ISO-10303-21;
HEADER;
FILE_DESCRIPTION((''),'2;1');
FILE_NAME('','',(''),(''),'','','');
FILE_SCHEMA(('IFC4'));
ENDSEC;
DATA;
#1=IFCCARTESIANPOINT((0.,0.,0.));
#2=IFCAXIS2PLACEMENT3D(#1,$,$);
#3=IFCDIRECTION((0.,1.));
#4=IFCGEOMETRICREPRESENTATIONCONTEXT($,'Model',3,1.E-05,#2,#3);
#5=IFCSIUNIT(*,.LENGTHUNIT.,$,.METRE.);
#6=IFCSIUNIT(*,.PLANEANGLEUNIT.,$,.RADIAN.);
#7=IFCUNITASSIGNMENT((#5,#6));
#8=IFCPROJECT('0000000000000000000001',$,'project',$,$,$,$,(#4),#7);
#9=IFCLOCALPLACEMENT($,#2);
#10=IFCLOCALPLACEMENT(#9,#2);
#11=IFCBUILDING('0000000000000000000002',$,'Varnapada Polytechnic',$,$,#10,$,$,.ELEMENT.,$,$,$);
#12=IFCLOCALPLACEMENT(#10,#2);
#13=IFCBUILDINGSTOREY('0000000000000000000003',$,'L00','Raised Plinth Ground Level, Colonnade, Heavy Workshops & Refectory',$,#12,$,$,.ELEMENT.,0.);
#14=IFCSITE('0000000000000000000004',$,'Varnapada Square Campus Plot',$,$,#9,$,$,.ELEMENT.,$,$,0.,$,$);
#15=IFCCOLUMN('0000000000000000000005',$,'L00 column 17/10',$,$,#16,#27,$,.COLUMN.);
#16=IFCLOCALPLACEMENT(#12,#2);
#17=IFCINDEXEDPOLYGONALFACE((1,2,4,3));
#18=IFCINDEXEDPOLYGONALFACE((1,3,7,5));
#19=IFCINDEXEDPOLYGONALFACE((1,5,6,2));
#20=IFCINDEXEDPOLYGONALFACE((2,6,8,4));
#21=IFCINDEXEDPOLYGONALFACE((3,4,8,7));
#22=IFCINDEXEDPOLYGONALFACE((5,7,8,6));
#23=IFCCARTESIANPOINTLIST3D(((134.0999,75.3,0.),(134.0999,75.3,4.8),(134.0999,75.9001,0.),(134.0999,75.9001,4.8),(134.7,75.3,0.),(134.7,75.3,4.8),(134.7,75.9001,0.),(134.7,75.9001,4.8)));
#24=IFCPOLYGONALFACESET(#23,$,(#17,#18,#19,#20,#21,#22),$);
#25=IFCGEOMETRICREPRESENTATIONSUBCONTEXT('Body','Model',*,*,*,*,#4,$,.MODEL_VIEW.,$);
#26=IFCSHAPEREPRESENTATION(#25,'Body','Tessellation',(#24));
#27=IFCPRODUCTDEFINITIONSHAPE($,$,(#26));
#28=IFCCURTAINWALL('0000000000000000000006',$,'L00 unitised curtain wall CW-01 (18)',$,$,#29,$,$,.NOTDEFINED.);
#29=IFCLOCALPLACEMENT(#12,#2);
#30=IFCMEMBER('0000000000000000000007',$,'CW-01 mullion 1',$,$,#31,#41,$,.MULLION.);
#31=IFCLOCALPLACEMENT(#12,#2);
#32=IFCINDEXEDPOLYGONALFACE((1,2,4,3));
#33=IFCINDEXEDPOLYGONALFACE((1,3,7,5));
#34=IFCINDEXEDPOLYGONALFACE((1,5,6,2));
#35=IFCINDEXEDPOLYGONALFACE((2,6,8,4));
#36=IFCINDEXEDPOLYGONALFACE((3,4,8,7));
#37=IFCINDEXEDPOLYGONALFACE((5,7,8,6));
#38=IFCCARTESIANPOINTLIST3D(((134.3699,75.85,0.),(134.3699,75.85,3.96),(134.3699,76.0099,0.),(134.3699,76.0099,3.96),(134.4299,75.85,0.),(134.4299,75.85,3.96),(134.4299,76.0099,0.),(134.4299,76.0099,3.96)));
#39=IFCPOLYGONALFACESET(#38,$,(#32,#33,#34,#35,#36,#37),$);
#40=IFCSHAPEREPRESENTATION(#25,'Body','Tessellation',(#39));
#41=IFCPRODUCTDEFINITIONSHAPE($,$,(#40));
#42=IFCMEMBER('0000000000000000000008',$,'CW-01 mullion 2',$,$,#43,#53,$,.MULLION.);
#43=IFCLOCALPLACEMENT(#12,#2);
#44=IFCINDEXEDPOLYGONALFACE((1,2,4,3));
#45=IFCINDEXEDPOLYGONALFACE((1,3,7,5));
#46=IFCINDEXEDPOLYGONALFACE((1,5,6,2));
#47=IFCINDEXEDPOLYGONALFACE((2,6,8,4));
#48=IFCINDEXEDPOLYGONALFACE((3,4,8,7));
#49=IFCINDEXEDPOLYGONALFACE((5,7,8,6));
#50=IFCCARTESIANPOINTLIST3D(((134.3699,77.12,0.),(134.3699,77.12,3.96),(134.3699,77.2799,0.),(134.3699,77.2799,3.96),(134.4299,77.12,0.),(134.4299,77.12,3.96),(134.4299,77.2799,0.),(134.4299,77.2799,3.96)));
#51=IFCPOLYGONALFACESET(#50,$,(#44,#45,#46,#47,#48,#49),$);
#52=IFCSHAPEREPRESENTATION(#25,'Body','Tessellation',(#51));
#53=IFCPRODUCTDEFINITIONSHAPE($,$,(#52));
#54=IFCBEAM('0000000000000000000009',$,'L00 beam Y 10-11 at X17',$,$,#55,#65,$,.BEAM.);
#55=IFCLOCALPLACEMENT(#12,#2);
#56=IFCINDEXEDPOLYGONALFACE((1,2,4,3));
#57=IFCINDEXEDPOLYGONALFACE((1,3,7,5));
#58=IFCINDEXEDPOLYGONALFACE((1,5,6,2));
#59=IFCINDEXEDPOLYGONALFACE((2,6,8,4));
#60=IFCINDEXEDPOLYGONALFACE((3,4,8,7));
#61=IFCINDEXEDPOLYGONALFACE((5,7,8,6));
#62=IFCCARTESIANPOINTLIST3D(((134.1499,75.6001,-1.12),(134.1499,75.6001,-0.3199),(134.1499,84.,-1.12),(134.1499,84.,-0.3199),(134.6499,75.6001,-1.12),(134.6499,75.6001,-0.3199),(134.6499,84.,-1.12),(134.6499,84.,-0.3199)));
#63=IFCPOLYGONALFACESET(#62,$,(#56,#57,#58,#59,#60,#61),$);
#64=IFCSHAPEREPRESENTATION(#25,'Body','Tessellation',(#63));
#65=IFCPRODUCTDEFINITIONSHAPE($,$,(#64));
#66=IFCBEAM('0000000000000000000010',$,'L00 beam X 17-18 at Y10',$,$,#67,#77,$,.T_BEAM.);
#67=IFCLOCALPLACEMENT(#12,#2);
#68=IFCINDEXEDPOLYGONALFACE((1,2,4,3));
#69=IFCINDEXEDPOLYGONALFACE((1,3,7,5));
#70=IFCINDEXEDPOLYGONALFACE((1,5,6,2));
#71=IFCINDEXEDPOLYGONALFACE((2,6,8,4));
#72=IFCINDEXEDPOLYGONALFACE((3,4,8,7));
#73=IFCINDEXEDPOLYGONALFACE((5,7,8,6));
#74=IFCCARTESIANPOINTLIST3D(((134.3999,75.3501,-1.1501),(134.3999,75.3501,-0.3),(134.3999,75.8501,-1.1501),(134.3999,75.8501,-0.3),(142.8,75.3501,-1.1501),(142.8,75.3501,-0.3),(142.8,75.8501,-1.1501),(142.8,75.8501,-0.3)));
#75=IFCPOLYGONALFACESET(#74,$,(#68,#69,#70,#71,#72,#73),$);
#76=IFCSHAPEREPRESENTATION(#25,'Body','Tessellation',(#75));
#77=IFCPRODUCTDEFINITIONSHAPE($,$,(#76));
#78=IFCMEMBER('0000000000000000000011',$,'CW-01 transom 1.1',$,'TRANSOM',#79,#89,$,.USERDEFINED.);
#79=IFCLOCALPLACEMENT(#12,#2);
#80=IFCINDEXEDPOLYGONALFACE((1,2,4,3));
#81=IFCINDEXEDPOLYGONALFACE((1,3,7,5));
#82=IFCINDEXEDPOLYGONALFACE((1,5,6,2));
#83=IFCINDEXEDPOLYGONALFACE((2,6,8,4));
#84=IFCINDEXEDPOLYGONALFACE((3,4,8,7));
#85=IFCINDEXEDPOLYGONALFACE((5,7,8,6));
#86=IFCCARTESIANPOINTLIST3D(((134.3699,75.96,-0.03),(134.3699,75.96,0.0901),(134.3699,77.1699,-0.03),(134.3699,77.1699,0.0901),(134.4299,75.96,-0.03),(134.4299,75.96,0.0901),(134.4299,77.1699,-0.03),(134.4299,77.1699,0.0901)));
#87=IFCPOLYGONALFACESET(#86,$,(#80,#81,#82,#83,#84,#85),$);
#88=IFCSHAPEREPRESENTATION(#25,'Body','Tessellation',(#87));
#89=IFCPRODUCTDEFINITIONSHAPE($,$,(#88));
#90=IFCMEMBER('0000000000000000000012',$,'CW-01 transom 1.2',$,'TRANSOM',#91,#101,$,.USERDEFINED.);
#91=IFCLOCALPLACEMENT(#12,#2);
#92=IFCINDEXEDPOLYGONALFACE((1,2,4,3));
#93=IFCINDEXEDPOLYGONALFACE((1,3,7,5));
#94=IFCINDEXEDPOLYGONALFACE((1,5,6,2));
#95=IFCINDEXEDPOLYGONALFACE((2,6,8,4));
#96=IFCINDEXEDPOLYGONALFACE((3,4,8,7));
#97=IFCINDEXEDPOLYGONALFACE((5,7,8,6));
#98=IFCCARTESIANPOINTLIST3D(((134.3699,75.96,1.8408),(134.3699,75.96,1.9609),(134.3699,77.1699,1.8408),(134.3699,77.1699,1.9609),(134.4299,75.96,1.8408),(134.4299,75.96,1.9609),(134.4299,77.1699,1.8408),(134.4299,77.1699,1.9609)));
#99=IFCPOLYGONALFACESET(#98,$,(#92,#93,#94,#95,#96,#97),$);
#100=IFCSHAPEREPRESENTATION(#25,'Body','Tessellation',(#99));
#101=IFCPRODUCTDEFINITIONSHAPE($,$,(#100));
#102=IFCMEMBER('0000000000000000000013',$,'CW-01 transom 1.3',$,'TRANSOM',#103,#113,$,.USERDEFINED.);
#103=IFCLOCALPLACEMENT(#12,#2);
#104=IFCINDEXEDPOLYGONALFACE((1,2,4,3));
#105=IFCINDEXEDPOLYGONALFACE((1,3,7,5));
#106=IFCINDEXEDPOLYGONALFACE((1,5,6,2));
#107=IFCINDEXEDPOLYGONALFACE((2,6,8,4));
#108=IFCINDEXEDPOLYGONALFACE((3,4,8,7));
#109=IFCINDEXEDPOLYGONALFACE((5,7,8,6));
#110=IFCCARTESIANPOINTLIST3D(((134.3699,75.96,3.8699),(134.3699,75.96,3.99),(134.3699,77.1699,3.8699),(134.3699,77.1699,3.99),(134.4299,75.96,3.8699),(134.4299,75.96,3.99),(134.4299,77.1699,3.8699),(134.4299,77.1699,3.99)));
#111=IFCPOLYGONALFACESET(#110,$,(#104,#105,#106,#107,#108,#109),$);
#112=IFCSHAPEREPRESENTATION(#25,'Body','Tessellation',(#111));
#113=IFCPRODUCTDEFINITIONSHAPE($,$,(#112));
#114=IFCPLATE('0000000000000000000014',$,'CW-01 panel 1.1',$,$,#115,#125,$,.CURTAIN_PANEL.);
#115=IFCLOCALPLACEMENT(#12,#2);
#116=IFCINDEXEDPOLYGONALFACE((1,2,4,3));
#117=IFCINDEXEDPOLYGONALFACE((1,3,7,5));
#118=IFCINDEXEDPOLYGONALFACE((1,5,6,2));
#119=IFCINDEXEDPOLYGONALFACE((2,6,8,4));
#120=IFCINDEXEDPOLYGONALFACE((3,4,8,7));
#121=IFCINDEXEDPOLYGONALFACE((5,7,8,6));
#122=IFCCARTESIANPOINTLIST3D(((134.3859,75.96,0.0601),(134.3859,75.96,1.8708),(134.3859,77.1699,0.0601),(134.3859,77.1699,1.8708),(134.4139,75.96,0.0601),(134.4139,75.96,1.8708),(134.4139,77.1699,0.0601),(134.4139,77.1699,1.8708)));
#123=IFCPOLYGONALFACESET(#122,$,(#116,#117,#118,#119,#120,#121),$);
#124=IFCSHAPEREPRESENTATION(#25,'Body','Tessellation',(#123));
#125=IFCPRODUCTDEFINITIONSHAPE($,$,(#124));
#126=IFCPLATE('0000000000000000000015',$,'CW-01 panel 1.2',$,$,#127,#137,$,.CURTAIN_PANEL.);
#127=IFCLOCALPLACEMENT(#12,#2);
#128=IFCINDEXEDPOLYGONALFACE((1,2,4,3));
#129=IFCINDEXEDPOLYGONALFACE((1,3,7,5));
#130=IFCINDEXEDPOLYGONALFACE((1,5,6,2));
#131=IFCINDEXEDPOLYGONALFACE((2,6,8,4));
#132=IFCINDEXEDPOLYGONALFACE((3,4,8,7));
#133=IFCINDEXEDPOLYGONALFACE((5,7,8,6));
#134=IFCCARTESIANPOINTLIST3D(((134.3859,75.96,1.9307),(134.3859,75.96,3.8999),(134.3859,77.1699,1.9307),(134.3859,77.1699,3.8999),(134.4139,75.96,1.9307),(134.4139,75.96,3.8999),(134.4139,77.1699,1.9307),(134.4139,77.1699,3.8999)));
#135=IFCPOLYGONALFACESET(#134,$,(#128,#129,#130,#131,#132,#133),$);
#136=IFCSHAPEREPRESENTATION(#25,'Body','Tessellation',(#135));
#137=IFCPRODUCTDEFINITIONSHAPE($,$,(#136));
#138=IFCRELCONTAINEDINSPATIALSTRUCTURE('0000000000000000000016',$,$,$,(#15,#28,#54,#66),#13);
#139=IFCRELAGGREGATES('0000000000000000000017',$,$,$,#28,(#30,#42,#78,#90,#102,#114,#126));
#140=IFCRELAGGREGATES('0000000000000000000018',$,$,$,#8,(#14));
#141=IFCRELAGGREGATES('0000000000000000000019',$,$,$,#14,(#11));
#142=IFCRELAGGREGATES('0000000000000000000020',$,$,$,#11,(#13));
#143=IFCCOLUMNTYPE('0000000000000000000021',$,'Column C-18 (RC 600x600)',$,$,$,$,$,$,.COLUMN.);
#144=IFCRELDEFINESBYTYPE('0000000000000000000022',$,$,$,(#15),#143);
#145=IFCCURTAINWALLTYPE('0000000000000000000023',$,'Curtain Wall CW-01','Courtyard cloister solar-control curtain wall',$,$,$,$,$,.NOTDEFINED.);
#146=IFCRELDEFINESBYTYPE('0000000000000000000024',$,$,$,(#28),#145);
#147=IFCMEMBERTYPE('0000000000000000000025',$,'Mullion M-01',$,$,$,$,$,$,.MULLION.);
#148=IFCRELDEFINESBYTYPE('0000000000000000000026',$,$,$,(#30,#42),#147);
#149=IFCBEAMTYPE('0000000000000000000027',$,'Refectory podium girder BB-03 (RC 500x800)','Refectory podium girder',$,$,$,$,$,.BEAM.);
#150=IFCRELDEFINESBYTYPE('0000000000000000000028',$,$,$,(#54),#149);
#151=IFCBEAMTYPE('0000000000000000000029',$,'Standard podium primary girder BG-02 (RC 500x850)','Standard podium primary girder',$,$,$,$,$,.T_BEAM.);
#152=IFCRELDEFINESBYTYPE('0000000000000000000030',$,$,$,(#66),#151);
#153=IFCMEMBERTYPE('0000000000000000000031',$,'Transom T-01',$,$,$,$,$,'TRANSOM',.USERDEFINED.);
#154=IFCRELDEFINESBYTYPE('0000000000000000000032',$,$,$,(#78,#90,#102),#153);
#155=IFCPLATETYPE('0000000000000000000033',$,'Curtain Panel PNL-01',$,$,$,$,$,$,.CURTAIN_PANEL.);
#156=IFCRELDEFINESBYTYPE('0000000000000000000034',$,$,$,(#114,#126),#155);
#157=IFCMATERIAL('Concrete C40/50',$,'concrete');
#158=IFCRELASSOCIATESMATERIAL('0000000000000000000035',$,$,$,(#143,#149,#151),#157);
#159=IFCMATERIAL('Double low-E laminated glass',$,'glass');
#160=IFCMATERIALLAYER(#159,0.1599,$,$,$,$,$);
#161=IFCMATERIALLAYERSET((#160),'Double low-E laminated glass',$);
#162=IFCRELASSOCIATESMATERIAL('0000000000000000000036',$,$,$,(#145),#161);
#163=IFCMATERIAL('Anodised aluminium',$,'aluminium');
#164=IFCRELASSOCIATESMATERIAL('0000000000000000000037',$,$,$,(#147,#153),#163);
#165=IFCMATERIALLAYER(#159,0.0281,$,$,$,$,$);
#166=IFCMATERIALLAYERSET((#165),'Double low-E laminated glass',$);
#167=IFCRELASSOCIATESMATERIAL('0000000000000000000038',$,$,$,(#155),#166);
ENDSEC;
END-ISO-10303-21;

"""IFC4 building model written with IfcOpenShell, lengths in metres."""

from ifc_helpers import new_model, si_unit, direction, frame, origin, origin_2d, place, context, subcontext, project, spatial, rectangle, extrude, material, layer, layer_set, material_profile, profile_set, type_object, element, aggregate, save


model = new_model("IFC4")

# Units and contexts
model_context = context("Model", 3, precision=1e-05, world=origin(), true_north=direction((0.0, 1.0)))
body_context = subcontext(model_context, "Body", "Model", "MODEL_VIEW")
ifc_project = project(units=[si_unit("LENGTHUNIT", "METRE"), si_unit("PLANEANGLEUNIT", "RADIAN")], contexts=[model_context])

# Site, building, storey
site_placement = place(None, origin())
site = spatial("IfcSite", under=ifc_project, at=site_placement, Name="Varnapada Square Campus Plot", CompositionType="ELEMENT", RefElevation=0.0)
building_placement = place(site_placement, origin())
building = spatial("IfcBuilding", under=site, at=building_placement, Name="Varnapada Polytechnic", CompositionType="ELEMENT")
storey_placement = place(building_placement, origin())
storey = spatial("IfcBuildingStorey", under=building, at=storey_placement, Name="L00", Description="Raised Plinth Ground Level, Colonnade, Heavy Workshops & Refectory", CompositionType="ELEMENT", Elevation=0.0)

# Column
ifc_material_1 = material(Name="Concrete C40/50", Category="concrete")
ifc_material_profile_1 = material_profile(ifc_material_1, rectangle(XDim=0.6001, YDim=0.6001, at=origin_2d()), Name="RC 600x600")
ifc_profile_set_1 = profile_set([ifc_material_profile_1], Name="Concrete C40/50")
column_type = type_object("IfcColumnType", Name="Column C-18 (RC 600x600)", PredefinedType="COLUMN", material=ifc_profile_set_1)
column_placement = place(storey_placement, frame((134.3999, 75.6001, 0.0), z_axis=(0.0, 0.0, 1.0), x_axis=(1.0, 0.0, 0.0)))
element("IfcColumn", 1, at=column_placement, inside=storey, type_object=column_type, Name="L00 column 17/10", PredefinedType="COLUMN", context=body_context, shape_type="SweptSolid", body=[
    extrude(rectangle(XDim=0.6001, YDim=0.6001, at=origin_2d()), origin(), (0.0, 0.0, 1.0), 4.8),
])

# Curtain wall, members
ifc_material_2 = material(Name="Double low-E laminated glass", Category="glass")
ifc_layer_1 = layer(ifc_material_2, 0.1599)
ifc_layer_set_1 = layer_set([ifc_layer_1], Name="Double low-E laminated glass")
curtain_wall_type = type_object("IfcCurtainWallType", Name="Curtain Wall CW-01", Description="Courtyard cloister solar-control curtain wall", PredefinedType="NOTDEFINED", material=ifc_layer_set_1)
curtain_wall_placement = place(storey_placement, origin())
curtain_wall = element("IfcCurtainWall", 2, at=curtain_wall_placement, inside=storey, type_object=curtain_wall_type, Name="L00 unitised curtain wall CW-01 (18)", PredefinedType="NOTDEFINED")
ifc_material_3 = material(Name="Anodised aluminium", Category="aluminium")
ifc_material_profile_2 = material_profile(ifc_material_3, rectangle(XDim=0.0601, YDim=0.1599, at=origin_2d()), Name="ALU M60x160")
ifc_profile_set_2 = profile_set([ifc_material_profile_2], Name="Anodised aluminium")
member_type_1 = type_object("IfcMemberType", Name="Mullion M-01", PredefinedType="MULLION", material=ifc_profile_set_2)
member_1_placement = place(storey_placement, frame((134.3999, 75.9299, 0.0), z_axis=(0.0, 0.0, 1.0), x_axis=(-1.0, 0.0, 0.0)))
member_1 = element("IfcMember", 3, at=member_1_placement, type_object=member_type_1, Name="CW-01 mullion 1", PredefinedType="MULLION", context=body_context, shape_type="SweptSolid", body=[
    extrude(rectangle(XDim=0.0601, YDim=0.1599, at=origin_2d()), origin(), (0.0, 0.0, 1.0), 3.96),
])
member_2_placement = place(storey_placement, frame((134.3999, 77.2, 0.0), z_axis=(0.0, 0.0, 1.0), x_axis=(-1.0, 0.0, 0.0)))
member_2 = element("IfcMember", 4, at=member_2_placement, type_object=member_type_1, Name="CW-01 mullion 2", PredefinedType="MULLION", context=body_context, shape_type="SweptSolid", body=[
    extrude(rectangle(XDim=0.0601, YDim=0.1599, at=origin_2d()), origin(), (0.0, 0.0, 1.0), 3.96),
])

# Beams
ifc_material_profile_3 = material_profile(ifc_material_1, rectangle(XDim=0.5, YDim=0.8, at=origin_2d()), Name="RC 500x800")
ifc_profile_set_3 = profile_set([ifc_material_profile_3], Name="Concrete C40/50")
beam_type_1 = type_object("IfcBeamType", Name="Refectory podium girder BB-03 (RC 500x800)", Description="Refectory podium girder", PredefinedType="BEAM", material=ifc_profile_set_3)
beam_1_placement = place(storey_placement, frame((134.3999, 75.6001, -0.72), z_axis=(0.0, 1.0, 0.0), x_axis=(-1.0, 0.0, 0.0)))
element("IfcBeam", 5, at=beam_1_placement, inside=storey, type_object=beam_type_1, Name="L00 beam Y 10-11 at X17", PredefinedType="BEAM", context=body_context, shape_type="SweptSolid", body=[
    extrude(rectangle(XDim=0.5, YDim=0.8, at=origin_2d()), origin(), (0.0, 0.0, 1.0), 8.3999),
])
ifc_material_profile_4 = material_profile(ifc_material_1, rectangle(XDim=0.5, YDim=0.8501, at=origin_2d()), Name="RC 500x850")
ifc_profile_set_4 = profile_set([ifc_material_profile_4], Name="Concrete C40/50")
beam_type_2 = type_object("IfcBeamType", Name="Standard podium primary girder BG-02 (RC 500x850)", Description="Standard podium primary girder", PredefinedType="T_BEAM", material=ifc_profile_set_4)
beam_2_placement = place(storey_placement, frame((134.3999, 75.6001, -0.7251), z_axis=(1.0, 0.0, 0.0), x_axis=(0.0, 1.0, 0.0)))
element("IfcBeam", 6, at=beam_2_placement, inside=storey, type_object=beam_type_2, Name="L00 beam X 17-18 at Y10", PredefinedType="T_BEAM", context=body_context, shape_type="SweptSolid", body=[
    extrude(rectangle(XDim=0.5, YDim=0.8501, at=origin_2d()), origin(), (0.0, 0.0, 1.0), 8.4001),
])

# Members
ifc_material_profile_5 = material_profile(ifc_material_3, rectangle(XDim=0.0601, YDim=0.1201, at=origin_2d()), Name="ALU T60x120")
ifc_profile_set_5 = profile_set([ifc_material_profile_5], Name="Anodised aluminium")
member_type_2 = type_object("IfcMemberType", Name="Transom T-01", ElementType="TRANSOM", PredefinedType="USERDEFINED", material=ifc_profile_set_5)
member_3_placement = place(storey_placement, frame((134.3999, 75.96, 0.03), z_axis=(0.0, 1.0, 0.0), x_axis=(-1.0, 0.0, 0.0)))
member_3 = element("IfcMember", 7, at=member_3_placement, type_object=member_type_2, Name="CW-01 transom 1.1", ObjectType="TRANSOM", PredefinedType="USERDEFINED", context=body_context, shape_type="SweptSolid", body=[
    extrude(rectangle(XDim=0.0601, YDim=0.1201, at=origin_2d()), origin(), (0.0, 0.0, 1.0), 1.21),
])
member_4_placement = place(storey_placement, frame((134.3999, 75.96, 1.9009), z_axis=(0.0, 1.0, 0.0), x_axis=(-1.0, 0.0, 0.0)))
member_4 = element("IfcMember", 8, at=member_4_placement, type_object=member_type_2, Name="CW-01 transom 1.2", ObjectType="TRANSOM", PredefinedType="USERDEFINED", context=body_context, shape_type="SweptSolid", body=[
    extrude(rectangle(XDim=0.0601, YDim=0.1201, at=origin_2d()), origin(), (0.0, 0.0, 1.0), 1.21),
])
member_5_placement = place(storey_placement, frame((134.3999, 75.96, 3.9299), z_axis=(0.0, 1.0, 0.0), x_axis=(-1.0, 0.0, 0.0)))
member_5 = element("IfcMember", 9, at=member_5_placement, type_object=member_type_2, Name="CW-01 transom 1.3", ObjectType="TRANSOM", PredefinedType="USERDEFINED", context=body_context, shape_type="SweptSolid", body=[
    extrude(rectangle(XDim=0.0601, YDim=0.1201, at=origin_2d()), origin(), (0.0, 0.0, 1.0), 1.21),
])

# Plates
ifc_layer_2 = layer(ifc_material_2, 0.0281)
ifc_layer_set_2 = layer_set([ifc_layer_2], Name="Double low-E laminated glass")
plate_type = type_object("IfcPlateType", Name="Curtain Panel PNL-01", PredefinedType="CURTAIN_PANEL", material=ifc_layer_set_2)
plate_1_placement = place(storey_placement, frame((134.3999, 76.5649, 0.0601), z_axis=(0.0, 0.0, 1.0), x_axis=(0.0, 1.0, 0.0)))
plate_1 = element("IfcPlate", 10, at=plate_1_placement, type_object=plate_type, Name="CW-01 panel 1.1", PredefinedType="CURTAIN_PANEL", context=body_context, shape_type="SweptSolid", body=[
    extrude(rectangle(XDim=1.21, YDim=0.0281, at=origin_2d()), origin(), (0.0, 0.0, 1.0), 1.8108),
])
plate_2_placement = place(storey_placement, frame((134.3999, 76.5649, 1.9307), z_axis=(0.0, 0.0, 1.0), x_axis=(0.0, 1.0, 0.0)))
plate_2 = element("IfcPlate", 11, at=plate_2_placement, type_object=plate_type, Name="CW-01 panel 1.2", PredefinedType="CURTAIN_PANEL", context=body_context, shape_type="SweptSolid", body=[
    extrude(rectangle(XDim=1.21, YDim=0.0281, at=origin_2d()), origin(), (0.0, 0.0, 1.0), 1.9692),
])
aggregate(curtain_wall, [member_1, member_2, member_3, member_4, member_5, plate_1, plate_2])

save(model, "model.ifc")
